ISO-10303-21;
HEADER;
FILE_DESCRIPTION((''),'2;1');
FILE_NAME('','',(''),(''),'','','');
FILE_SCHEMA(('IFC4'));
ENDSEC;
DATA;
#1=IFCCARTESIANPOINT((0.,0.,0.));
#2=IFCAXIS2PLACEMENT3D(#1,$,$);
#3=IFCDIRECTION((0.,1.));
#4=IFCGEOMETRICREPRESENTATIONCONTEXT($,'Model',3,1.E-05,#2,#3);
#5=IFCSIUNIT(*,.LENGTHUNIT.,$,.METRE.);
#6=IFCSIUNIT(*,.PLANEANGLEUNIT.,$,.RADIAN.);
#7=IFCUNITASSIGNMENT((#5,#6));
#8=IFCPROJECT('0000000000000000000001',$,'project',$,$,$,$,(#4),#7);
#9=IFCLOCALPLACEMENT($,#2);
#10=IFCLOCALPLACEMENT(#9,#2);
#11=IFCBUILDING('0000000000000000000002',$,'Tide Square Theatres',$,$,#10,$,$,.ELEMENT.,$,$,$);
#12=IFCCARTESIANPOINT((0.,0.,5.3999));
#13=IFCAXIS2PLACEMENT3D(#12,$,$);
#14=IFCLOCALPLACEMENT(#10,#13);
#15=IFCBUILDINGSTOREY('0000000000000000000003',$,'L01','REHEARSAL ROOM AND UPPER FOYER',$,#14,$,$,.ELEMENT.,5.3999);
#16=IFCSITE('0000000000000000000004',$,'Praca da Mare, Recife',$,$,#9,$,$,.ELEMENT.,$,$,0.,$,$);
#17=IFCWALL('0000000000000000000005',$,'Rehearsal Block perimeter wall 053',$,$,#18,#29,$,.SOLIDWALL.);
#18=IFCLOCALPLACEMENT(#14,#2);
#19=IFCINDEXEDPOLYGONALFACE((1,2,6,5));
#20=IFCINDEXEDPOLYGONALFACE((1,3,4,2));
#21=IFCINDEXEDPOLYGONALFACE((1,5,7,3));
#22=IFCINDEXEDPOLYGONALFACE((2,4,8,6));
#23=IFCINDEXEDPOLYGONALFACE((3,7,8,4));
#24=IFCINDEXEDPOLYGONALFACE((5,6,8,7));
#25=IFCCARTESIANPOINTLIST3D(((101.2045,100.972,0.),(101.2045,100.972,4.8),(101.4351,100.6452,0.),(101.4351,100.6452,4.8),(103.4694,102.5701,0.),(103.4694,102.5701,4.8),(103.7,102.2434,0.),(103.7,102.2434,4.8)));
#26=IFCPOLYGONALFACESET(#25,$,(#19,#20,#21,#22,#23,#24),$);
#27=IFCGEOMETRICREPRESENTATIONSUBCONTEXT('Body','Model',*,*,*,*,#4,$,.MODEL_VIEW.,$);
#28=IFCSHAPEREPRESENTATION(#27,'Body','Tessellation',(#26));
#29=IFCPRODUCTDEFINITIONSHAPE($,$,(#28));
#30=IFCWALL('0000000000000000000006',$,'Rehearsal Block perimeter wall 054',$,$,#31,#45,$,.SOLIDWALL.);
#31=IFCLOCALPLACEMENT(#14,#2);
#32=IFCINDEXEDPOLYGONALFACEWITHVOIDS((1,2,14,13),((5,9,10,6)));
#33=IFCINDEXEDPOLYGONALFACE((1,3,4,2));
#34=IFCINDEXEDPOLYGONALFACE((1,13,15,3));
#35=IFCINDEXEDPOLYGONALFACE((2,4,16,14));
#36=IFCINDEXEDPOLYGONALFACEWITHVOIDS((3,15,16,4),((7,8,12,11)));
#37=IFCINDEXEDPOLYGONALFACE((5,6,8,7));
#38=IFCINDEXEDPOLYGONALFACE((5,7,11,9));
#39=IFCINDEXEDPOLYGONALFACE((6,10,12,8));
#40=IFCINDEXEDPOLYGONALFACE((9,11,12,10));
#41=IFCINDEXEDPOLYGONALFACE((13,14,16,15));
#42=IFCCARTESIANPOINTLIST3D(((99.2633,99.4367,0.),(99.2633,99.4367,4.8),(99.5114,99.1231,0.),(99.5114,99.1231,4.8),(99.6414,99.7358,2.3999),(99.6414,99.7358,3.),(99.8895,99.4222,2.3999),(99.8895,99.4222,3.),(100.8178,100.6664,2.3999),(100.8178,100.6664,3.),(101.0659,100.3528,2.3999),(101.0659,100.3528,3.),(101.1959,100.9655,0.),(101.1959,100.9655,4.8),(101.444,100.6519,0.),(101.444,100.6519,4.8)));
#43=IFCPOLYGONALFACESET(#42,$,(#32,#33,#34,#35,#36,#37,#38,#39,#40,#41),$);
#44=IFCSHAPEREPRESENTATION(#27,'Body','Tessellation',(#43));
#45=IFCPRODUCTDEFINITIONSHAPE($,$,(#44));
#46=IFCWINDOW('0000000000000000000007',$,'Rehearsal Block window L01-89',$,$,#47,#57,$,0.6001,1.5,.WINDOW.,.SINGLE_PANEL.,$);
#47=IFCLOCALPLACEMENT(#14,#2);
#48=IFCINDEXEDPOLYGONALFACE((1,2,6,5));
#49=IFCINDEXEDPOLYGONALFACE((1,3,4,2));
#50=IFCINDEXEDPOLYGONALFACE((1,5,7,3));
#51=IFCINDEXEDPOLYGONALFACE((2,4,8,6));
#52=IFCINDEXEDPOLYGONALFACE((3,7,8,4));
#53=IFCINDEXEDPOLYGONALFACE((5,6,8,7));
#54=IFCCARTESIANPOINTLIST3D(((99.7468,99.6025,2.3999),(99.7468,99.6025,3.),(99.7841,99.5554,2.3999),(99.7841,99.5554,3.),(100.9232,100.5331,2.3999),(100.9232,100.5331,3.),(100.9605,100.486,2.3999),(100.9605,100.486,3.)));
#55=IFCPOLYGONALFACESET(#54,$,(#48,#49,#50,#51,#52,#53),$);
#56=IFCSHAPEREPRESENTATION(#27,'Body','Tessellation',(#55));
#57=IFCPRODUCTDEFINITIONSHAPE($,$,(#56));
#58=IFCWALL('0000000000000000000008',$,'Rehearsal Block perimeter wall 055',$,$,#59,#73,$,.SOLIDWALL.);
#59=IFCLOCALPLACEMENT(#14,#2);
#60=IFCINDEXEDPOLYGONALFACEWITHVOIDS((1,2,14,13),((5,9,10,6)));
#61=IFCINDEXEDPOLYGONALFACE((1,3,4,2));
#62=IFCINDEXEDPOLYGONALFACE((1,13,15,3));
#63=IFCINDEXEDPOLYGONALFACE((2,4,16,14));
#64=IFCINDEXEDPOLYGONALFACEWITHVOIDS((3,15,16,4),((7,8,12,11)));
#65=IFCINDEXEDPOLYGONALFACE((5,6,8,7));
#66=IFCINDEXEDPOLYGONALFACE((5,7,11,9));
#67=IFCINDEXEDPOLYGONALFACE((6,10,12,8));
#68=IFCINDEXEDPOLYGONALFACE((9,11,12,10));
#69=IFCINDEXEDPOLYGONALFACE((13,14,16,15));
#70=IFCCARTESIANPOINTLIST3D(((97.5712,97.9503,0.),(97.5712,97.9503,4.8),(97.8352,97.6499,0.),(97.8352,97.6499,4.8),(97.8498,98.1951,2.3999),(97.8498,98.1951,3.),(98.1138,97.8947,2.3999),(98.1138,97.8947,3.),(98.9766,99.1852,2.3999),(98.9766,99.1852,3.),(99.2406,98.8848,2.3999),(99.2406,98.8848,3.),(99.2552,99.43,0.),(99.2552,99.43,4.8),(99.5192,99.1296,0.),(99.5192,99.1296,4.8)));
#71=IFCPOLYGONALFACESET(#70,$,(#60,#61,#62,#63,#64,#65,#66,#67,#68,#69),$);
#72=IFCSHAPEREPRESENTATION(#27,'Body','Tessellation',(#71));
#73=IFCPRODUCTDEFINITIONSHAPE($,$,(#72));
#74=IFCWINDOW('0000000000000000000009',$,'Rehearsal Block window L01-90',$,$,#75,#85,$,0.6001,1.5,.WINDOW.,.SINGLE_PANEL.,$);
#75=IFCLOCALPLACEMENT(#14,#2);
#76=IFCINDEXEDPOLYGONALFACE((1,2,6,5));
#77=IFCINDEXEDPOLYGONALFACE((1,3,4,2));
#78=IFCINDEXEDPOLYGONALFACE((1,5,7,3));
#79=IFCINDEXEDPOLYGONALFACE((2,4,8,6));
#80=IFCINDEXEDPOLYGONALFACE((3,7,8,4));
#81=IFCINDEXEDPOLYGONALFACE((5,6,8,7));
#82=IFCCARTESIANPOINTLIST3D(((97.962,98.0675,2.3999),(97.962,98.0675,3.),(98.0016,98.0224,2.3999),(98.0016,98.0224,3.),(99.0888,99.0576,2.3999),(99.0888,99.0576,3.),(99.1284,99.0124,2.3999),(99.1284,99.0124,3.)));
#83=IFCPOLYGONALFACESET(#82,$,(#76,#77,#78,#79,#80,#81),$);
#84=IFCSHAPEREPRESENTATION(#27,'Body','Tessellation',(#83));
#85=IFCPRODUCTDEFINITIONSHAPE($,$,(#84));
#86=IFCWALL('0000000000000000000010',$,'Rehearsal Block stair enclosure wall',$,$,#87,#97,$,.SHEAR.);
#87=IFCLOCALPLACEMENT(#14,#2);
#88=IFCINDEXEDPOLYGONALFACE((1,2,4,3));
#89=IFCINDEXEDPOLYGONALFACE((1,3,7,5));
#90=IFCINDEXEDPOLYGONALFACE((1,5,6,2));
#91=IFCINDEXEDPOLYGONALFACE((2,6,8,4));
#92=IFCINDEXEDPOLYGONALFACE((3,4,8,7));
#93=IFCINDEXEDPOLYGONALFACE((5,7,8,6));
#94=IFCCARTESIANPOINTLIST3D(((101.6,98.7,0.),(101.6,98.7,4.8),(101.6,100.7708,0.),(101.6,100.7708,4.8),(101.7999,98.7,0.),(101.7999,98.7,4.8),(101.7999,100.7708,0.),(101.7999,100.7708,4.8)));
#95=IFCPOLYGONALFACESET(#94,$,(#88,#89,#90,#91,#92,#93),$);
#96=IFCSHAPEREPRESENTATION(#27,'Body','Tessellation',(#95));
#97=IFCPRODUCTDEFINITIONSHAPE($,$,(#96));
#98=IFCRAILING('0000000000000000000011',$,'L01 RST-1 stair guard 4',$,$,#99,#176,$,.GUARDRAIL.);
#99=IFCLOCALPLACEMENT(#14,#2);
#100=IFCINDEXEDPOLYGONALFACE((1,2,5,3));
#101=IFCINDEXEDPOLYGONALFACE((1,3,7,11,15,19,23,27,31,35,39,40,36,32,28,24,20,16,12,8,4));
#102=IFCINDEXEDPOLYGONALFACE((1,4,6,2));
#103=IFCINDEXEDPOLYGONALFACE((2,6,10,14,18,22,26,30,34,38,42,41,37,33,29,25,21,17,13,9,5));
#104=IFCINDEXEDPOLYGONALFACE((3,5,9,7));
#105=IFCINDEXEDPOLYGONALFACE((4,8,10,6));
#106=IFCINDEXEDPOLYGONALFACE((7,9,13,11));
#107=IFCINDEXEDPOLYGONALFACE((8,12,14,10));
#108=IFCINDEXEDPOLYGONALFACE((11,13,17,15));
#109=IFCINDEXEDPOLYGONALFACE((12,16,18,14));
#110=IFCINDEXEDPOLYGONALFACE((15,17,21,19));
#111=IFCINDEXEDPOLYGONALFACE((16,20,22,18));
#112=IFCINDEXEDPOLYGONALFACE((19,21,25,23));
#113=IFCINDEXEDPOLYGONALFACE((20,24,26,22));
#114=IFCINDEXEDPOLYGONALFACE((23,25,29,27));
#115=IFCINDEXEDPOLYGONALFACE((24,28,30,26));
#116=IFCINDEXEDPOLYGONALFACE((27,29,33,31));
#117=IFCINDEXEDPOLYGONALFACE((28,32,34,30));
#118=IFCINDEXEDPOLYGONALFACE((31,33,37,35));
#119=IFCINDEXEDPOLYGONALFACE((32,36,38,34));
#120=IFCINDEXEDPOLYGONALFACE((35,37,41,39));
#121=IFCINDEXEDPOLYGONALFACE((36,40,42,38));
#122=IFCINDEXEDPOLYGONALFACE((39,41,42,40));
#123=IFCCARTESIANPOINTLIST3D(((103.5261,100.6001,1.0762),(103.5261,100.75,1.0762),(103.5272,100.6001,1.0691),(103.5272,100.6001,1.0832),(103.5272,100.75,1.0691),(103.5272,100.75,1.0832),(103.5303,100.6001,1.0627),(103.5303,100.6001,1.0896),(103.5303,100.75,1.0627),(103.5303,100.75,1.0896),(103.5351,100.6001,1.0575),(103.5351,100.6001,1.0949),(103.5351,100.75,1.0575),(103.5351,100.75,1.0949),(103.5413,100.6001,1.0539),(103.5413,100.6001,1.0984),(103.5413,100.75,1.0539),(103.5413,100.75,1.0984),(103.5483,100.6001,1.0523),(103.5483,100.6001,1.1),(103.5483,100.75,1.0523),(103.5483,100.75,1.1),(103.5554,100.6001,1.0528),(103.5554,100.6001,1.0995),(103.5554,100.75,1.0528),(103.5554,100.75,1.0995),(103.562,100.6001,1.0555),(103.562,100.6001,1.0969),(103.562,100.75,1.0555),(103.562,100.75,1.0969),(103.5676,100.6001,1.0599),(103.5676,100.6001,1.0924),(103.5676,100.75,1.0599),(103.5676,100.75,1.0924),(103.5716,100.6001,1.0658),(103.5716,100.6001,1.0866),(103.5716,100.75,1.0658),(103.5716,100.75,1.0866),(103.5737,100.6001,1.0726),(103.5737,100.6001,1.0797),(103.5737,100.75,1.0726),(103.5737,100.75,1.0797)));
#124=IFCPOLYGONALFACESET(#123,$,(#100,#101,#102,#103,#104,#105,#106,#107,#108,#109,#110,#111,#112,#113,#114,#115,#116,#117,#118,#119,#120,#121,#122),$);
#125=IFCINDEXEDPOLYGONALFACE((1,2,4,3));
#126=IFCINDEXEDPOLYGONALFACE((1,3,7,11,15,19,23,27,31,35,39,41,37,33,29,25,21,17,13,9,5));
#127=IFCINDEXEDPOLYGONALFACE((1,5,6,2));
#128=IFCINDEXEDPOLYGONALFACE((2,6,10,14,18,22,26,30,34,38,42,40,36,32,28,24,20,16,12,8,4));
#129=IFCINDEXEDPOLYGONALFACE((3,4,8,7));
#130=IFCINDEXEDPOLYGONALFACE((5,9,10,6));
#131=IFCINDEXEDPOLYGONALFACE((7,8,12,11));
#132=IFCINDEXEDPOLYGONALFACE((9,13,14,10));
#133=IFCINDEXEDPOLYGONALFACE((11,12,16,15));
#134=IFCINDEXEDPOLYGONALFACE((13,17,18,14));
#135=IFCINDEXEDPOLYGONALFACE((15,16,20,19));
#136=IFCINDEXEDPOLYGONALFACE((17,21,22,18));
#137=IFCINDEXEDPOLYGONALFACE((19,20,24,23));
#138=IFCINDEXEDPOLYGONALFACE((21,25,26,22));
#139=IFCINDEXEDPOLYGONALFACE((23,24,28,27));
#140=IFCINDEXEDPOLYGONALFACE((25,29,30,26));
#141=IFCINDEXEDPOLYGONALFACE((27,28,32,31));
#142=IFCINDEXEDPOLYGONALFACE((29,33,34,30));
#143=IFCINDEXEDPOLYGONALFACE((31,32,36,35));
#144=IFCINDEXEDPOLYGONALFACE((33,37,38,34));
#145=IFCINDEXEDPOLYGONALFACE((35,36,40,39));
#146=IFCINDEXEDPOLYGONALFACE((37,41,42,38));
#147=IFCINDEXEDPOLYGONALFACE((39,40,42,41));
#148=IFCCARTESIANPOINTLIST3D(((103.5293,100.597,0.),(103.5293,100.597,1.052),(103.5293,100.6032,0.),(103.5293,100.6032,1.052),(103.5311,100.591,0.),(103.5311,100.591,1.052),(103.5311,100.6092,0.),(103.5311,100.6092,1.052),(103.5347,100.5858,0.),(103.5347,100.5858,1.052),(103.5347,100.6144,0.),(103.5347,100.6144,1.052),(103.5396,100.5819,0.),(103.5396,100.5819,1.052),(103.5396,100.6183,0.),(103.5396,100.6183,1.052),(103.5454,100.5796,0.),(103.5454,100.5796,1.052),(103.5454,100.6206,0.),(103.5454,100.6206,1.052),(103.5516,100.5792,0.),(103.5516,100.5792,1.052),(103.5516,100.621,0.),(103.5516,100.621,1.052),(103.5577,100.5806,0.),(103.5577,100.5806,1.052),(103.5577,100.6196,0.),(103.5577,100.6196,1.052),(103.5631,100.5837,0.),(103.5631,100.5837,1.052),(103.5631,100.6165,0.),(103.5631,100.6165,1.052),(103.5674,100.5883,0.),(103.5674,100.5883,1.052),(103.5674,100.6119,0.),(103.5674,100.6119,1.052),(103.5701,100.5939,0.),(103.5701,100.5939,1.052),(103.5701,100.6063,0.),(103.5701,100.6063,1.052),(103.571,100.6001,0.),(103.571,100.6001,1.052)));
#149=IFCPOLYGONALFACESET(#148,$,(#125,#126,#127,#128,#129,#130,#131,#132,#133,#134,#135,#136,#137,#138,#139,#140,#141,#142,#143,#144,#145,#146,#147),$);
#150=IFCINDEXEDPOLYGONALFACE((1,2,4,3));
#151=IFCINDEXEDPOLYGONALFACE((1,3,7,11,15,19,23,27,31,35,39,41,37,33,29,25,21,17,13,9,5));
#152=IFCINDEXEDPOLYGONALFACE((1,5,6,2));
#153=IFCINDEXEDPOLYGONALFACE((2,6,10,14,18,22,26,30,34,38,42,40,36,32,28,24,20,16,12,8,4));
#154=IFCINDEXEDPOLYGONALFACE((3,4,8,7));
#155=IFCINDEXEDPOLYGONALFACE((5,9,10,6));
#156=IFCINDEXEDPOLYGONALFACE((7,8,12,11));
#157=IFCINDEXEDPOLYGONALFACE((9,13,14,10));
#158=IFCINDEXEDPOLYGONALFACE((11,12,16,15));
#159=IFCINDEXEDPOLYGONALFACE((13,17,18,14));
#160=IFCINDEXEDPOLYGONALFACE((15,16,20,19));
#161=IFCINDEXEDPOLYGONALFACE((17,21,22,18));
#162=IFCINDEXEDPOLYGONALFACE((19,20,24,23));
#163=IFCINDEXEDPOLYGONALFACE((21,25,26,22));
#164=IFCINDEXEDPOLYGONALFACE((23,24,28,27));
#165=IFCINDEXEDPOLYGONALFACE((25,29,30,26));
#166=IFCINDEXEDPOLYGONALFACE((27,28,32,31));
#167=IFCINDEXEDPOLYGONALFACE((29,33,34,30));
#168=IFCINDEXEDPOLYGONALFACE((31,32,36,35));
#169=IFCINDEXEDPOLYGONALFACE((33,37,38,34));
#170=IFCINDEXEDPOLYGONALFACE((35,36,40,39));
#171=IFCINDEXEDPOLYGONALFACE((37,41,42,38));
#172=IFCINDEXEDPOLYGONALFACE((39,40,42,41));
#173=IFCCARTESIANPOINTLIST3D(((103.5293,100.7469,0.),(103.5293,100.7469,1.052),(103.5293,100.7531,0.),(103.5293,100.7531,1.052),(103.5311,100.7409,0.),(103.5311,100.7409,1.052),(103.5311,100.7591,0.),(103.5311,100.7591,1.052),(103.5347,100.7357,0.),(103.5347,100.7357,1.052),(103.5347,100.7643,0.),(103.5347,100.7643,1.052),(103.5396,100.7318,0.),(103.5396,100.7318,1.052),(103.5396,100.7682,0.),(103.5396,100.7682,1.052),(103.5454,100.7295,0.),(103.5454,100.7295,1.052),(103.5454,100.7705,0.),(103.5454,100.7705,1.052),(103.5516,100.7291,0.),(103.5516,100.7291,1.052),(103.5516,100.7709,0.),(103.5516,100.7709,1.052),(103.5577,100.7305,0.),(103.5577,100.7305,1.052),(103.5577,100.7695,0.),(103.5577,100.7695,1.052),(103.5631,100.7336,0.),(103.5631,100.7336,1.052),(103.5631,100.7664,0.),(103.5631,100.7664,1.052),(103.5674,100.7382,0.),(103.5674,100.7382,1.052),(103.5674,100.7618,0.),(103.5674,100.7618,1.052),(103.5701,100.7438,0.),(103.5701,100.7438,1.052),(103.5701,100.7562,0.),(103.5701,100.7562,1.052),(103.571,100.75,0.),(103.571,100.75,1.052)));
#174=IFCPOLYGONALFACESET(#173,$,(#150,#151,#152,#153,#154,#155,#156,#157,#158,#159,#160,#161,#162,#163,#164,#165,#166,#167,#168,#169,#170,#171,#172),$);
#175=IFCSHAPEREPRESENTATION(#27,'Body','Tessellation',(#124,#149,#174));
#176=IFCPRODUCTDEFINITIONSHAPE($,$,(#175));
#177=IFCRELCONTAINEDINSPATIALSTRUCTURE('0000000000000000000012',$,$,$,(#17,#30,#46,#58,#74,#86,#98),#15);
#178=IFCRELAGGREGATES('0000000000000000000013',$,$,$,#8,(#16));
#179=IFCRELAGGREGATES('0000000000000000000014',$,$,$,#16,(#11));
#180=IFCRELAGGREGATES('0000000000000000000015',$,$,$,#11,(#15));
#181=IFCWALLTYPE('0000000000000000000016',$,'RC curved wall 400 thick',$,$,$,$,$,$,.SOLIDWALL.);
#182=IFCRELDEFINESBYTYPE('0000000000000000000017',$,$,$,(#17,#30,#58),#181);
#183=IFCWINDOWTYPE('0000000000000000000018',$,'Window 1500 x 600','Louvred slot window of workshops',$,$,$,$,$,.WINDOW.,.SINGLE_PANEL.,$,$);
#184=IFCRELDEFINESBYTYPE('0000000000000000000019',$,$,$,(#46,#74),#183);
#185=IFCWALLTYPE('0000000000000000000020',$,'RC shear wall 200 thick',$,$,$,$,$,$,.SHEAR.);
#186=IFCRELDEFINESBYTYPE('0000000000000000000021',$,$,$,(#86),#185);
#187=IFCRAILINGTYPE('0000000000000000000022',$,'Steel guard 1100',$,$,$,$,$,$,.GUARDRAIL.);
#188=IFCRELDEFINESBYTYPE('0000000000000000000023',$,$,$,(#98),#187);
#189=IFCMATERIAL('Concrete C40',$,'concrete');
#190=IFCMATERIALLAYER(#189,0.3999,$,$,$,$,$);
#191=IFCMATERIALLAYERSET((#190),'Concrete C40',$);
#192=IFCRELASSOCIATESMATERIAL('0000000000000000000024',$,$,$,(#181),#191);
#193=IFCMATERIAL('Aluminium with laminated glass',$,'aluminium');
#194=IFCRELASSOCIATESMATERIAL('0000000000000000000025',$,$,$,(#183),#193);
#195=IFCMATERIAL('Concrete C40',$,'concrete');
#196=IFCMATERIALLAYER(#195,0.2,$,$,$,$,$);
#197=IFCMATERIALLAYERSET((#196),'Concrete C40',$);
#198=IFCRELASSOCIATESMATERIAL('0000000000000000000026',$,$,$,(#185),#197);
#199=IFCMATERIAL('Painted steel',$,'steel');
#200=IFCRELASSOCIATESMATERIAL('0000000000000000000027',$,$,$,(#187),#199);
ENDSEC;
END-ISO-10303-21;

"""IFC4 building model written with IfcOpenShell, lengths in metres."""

from ifc_helpers import new_model, si_unit, direction, frame, frame_2d, origin, origin_2d, place, context, subcontext, project, spatial, rectangle, circle, extrude, material, layer, layer_set, type_object, element, fill, save


model = new_model("IFC4")

# Units and contexts
model_context = context("Model", 3, precision=1e-05, world=origin(), true_north=direction((0.0, 1.0)))
body_context = subcontext(model_context, "Body", "Model", "MODEL_VIEW")
ifc_project = project(units=[si_unit("LENGTHUNIT", "METRE"), si_unit("PLANEANGLEUNIT", "RADIAN")], contexts=[model_context])

# Site, building, storey
site_placement = place(None, origin())
site = spatial("IfcSite", under=ifc_project, at=site_placement, Name="Praca da Mare, Recife", CompositionType="ELEMENT", RefElevation=0.0)
building_placement = place(site_placement, origin())
building = spatial("IfcBuilding", under=site, at=building_placement, Name="Tide Square Theatres", CompositionType="ELEMENT")
storey_placement = place(building_placement, frame((0.0, 0.0, 5.3999)))
storey = spatial("IfcBuildingStorey", under=building, at=storey_placement, Name="L01", Description="REHEARSAL ROOM AND UPPER FOYER", CompositionType="ELEMENT", Elevation=5.3999)

# Wall
ifc_material_1 = material(Name="Concrete C40", Category="concrete")
ifc_layer_1 = layer(ifc_material_1, 0.3999)
ifc_layer_set_1 = layer_set([ifc_layer_1], Name="Concrete C40")
wall_type_1 = type_object("IfcWallType", Name="RC curved wall 400 thick", PredefinedType="SOLIDWALL", material=ifc_layer_set_1)
wall_1_placement = place(storey_placement, frame((103.5847, 102.4067, 0.0), z_axis=(0.0, 0.0, 1.0), x_axis=(-0.81707, -0.576538, 0.0)))
element("IfcWall", 1, at=wall_1_placement, inside=storey, type_object=wall_type_1, Name="Rehearsal Block perimeter wall 053", PredefinedType="SOLIDWALL", context=body_context, shape_type="SweptSolid", body=[
    extrude(rectangle(XDim=2.772, YDim=0.3999, at=frame_2d((1.386, 0.0))), origin(), (0.0, 0.0, 1.0), 4.8),
])

# Walls, openings, windows
wall_2_placement = place(storey_placement, frame((101.3198, 100.8086, 0.0), z_axis=(0.0, 0.0, 1.0), x_axis=(-0.784279, -0.620409, 0.0)))
wall_2 = element("IfcWall", 2, at=wall_2_placement, inside=storey, type_object=wall_type_1, Name="Rehearsal Block perimeter wall 054", PredefinedType="SOLIDWALL", context=body_context, shape_type="SweptSolid", body=[
    extrude(rectangle(XDim=2.4641, YDim=0.3999, at=frame_2d((1.2319, 0.0))), origin(), (0.0, 0.0, 1.0), 4.8),
])
opening_1_placement = place(wall_2_placement, frame((0.4819, 0.0, 2.3999)))
opening_1 = element("IfcOpeningElement", 3, at=opening_1_placement, cuts=wall_2, PredefinedType="OPENING", context=body_context, shape_type="SweptSolid", body=[
    extrude(rectangle(XDim=1.5, YDim=0.6001, at=frame_2d((0.75, 0.3))), frame((0.0, 0.21, 0.0), z_axis=(0.0, -1.0, 0.0), x_axis=(1.0, 0.0, 0.0)), (0.0, 0.0, 1.0), 0.4199),
])
ifc_material_2 = material(Name="Aluminium with laminated glass", Category="aluminium")
window_type = type_object("IfcWindowType", Name="Window 1500 x 600", Description="Louvred slot window of workshops", PartitioningType="SINGLE_PANEL", PredefinedType="WINDOW", material=ifc_material_2)
window_1_placement = place(opening_1_placement, origin())
window_1 = element("IfcWindow", 4, at=window_1_placement, inside=storey, type_object=window_type, Name="Rehearsal Block window L01-89", OverallHeight=0.6001, OverallWidth=1.5, PartitioningType="SINGLE_PANEL", PredefinedType="WINDOW", context=body_context, shape_type="SweptSolid", body=[
    extrude(rectangle(XDim=1.5, YDim=0.6001, at=frame_2d((0.75, 0.3))), frame((0.0, 0.03, 0.0), z_axis=(0.0, -1.0, 0.0), x_axis=(1.0, 0.0, 0.0)), (0.0, 0.0, 1.0), 0.0601),
])
fill(opening_1, window_1)
wall_3_placement = place(storey_placement, frame((99.3872, 99.2798, 0.0), z_axis=(0.0, 0.0, 1.0), x_axis=(-0.751212, -0.660061, 0.0)))
wall_3 = element("IfcWall", 5, at=wall_3_placement, inside=storey, type_object=wall_type_1, Name="Rehearsal Block perimeter wall 055", PredefinedType="SOLIDWALL", context=body_context, shape_type="SweptSolid", body=[
    extrude(rectangle(XDim=2.2417, YDim=0.3999, at=frame_2d((1.1208, 0.0))), origin(), (0.0, 0.0, 1.0), 4.8),
])
opening_2_placement = place(wall_3_placement, frame((0.3708, 0.0, 2.3999)))
opening_2 = element("IfcOpeningElement", 6, at=opening_2_placement, cuts=wall_3, PredefinedType="OPENING", context=body_context, shape_type="SweptSolid", body=[
    extrude(rectangle(XDim=1.5, YDim=0.6001, at=frame_2d((0.75, 0.3))), frame((0.0, 0.21, 0.0), z_axis=(0.0, -1.0, 0.0), x_axis=(1.0, 0.0, 0.0)), (0.0, 0.0, 1.0), 0.4199),
])
window_2_placement = place(opening_2_placement, origin())
window_2 = element("IfcWindow", 7, at=window_2_placement, inside=storey, type_object=window_type, Name="Rehearsal Block window L01-90", OverallHeight=0.6001, OverallWidth=1.5, PartitioningType="SINGLE_PANEL", PredefinedType="WINDOW", context=body_context, shape_type="SweptSolid", body=[
    extrude(rectangle(XDim=1.5, YDim=0.6001, at=frame_2d((0.75, 0.3))), frame((0.0, 0.03, 0.0), z_axis=(0.0, -1.0, 0.0), x_axis=(1.0, 0.0, 0.0)), (0.0, 0.0, 1.0), 0.0601),
])
fill(opening_2, window_2)

# Wall
ifc_material_3 = material(Name="Concrete C40", Category="concrete")
ifc_layer_2 = layer(ifc_material_3, 0.2)
ifc_layer_set_2 = layer_set([ifc_layer_2], Name="Concrete C40")
wall_type_2 = type_object("IfcWallType", Name="RC shear wall 200 thick", PredefinedType="SHEAR", material=ifc_layer_set_2)
wall_4_placement = place(storey_placement, frame((101.7, 98.7, 0.0), z_axis=(0.0, 0.0, 1.0), x_axis=(0.0, 1.0, 0.0)))
element("IfcWall", 8, at=wall_4_placement, inside=storey, type_object=wall_type_2, Name="Rehearsal Block stair enclosure wall", PredefinedType="SHEAR", context=body_context, shape_type="SweptSolid", body=[
    extrude(rectangle(XDim=2.0708, YDim=0.2, at=frame_2d((1.0354, 0.0))), origin(), (0.0, 0.0, 1.0), 4.8),
])

# Railing
ifc_material_4 = material(Name="Painted steel", Category="steel")
railing_type_1 = type_object("IfcRailingType", Name="Steel guard 1100", PredefinedType="GUARDRAIL", material=ifc_material_4)
railing_1_placement = place(storey_placement, frame((103.55, 100.6001, 0.0)))
element("IfcRailing", 9, at=railing_1_placement, inside=storey, type_object=railing_type_1, Name="L01 RST-1 stair guard 4", PredefinedType="GUARDRAIL", context=body_context, shape_type="SweptSolid", body=[
    extrude(circle(Radius=0.0239, at=origin_2d()), frame((0.0, 0.0, 1.0762), z_axis=(0.0, 1.0, 0.0), x_axis=(-1.0, 0.0, 0.0)), (0.0, 0.0, 1.0), 0.1499),
    extrude(circle(Radius=0.021, at=origin_2d()), origin(), (0.0, 0.0, 1.0), 1.052),
    extrude(circle(Radius=0.021, at=origin_2d()), frame((0.0, 0.1499, 0.0)), (0.0, 0.0, 1.0), 1.052),
])

save(model, "model.ifc")
